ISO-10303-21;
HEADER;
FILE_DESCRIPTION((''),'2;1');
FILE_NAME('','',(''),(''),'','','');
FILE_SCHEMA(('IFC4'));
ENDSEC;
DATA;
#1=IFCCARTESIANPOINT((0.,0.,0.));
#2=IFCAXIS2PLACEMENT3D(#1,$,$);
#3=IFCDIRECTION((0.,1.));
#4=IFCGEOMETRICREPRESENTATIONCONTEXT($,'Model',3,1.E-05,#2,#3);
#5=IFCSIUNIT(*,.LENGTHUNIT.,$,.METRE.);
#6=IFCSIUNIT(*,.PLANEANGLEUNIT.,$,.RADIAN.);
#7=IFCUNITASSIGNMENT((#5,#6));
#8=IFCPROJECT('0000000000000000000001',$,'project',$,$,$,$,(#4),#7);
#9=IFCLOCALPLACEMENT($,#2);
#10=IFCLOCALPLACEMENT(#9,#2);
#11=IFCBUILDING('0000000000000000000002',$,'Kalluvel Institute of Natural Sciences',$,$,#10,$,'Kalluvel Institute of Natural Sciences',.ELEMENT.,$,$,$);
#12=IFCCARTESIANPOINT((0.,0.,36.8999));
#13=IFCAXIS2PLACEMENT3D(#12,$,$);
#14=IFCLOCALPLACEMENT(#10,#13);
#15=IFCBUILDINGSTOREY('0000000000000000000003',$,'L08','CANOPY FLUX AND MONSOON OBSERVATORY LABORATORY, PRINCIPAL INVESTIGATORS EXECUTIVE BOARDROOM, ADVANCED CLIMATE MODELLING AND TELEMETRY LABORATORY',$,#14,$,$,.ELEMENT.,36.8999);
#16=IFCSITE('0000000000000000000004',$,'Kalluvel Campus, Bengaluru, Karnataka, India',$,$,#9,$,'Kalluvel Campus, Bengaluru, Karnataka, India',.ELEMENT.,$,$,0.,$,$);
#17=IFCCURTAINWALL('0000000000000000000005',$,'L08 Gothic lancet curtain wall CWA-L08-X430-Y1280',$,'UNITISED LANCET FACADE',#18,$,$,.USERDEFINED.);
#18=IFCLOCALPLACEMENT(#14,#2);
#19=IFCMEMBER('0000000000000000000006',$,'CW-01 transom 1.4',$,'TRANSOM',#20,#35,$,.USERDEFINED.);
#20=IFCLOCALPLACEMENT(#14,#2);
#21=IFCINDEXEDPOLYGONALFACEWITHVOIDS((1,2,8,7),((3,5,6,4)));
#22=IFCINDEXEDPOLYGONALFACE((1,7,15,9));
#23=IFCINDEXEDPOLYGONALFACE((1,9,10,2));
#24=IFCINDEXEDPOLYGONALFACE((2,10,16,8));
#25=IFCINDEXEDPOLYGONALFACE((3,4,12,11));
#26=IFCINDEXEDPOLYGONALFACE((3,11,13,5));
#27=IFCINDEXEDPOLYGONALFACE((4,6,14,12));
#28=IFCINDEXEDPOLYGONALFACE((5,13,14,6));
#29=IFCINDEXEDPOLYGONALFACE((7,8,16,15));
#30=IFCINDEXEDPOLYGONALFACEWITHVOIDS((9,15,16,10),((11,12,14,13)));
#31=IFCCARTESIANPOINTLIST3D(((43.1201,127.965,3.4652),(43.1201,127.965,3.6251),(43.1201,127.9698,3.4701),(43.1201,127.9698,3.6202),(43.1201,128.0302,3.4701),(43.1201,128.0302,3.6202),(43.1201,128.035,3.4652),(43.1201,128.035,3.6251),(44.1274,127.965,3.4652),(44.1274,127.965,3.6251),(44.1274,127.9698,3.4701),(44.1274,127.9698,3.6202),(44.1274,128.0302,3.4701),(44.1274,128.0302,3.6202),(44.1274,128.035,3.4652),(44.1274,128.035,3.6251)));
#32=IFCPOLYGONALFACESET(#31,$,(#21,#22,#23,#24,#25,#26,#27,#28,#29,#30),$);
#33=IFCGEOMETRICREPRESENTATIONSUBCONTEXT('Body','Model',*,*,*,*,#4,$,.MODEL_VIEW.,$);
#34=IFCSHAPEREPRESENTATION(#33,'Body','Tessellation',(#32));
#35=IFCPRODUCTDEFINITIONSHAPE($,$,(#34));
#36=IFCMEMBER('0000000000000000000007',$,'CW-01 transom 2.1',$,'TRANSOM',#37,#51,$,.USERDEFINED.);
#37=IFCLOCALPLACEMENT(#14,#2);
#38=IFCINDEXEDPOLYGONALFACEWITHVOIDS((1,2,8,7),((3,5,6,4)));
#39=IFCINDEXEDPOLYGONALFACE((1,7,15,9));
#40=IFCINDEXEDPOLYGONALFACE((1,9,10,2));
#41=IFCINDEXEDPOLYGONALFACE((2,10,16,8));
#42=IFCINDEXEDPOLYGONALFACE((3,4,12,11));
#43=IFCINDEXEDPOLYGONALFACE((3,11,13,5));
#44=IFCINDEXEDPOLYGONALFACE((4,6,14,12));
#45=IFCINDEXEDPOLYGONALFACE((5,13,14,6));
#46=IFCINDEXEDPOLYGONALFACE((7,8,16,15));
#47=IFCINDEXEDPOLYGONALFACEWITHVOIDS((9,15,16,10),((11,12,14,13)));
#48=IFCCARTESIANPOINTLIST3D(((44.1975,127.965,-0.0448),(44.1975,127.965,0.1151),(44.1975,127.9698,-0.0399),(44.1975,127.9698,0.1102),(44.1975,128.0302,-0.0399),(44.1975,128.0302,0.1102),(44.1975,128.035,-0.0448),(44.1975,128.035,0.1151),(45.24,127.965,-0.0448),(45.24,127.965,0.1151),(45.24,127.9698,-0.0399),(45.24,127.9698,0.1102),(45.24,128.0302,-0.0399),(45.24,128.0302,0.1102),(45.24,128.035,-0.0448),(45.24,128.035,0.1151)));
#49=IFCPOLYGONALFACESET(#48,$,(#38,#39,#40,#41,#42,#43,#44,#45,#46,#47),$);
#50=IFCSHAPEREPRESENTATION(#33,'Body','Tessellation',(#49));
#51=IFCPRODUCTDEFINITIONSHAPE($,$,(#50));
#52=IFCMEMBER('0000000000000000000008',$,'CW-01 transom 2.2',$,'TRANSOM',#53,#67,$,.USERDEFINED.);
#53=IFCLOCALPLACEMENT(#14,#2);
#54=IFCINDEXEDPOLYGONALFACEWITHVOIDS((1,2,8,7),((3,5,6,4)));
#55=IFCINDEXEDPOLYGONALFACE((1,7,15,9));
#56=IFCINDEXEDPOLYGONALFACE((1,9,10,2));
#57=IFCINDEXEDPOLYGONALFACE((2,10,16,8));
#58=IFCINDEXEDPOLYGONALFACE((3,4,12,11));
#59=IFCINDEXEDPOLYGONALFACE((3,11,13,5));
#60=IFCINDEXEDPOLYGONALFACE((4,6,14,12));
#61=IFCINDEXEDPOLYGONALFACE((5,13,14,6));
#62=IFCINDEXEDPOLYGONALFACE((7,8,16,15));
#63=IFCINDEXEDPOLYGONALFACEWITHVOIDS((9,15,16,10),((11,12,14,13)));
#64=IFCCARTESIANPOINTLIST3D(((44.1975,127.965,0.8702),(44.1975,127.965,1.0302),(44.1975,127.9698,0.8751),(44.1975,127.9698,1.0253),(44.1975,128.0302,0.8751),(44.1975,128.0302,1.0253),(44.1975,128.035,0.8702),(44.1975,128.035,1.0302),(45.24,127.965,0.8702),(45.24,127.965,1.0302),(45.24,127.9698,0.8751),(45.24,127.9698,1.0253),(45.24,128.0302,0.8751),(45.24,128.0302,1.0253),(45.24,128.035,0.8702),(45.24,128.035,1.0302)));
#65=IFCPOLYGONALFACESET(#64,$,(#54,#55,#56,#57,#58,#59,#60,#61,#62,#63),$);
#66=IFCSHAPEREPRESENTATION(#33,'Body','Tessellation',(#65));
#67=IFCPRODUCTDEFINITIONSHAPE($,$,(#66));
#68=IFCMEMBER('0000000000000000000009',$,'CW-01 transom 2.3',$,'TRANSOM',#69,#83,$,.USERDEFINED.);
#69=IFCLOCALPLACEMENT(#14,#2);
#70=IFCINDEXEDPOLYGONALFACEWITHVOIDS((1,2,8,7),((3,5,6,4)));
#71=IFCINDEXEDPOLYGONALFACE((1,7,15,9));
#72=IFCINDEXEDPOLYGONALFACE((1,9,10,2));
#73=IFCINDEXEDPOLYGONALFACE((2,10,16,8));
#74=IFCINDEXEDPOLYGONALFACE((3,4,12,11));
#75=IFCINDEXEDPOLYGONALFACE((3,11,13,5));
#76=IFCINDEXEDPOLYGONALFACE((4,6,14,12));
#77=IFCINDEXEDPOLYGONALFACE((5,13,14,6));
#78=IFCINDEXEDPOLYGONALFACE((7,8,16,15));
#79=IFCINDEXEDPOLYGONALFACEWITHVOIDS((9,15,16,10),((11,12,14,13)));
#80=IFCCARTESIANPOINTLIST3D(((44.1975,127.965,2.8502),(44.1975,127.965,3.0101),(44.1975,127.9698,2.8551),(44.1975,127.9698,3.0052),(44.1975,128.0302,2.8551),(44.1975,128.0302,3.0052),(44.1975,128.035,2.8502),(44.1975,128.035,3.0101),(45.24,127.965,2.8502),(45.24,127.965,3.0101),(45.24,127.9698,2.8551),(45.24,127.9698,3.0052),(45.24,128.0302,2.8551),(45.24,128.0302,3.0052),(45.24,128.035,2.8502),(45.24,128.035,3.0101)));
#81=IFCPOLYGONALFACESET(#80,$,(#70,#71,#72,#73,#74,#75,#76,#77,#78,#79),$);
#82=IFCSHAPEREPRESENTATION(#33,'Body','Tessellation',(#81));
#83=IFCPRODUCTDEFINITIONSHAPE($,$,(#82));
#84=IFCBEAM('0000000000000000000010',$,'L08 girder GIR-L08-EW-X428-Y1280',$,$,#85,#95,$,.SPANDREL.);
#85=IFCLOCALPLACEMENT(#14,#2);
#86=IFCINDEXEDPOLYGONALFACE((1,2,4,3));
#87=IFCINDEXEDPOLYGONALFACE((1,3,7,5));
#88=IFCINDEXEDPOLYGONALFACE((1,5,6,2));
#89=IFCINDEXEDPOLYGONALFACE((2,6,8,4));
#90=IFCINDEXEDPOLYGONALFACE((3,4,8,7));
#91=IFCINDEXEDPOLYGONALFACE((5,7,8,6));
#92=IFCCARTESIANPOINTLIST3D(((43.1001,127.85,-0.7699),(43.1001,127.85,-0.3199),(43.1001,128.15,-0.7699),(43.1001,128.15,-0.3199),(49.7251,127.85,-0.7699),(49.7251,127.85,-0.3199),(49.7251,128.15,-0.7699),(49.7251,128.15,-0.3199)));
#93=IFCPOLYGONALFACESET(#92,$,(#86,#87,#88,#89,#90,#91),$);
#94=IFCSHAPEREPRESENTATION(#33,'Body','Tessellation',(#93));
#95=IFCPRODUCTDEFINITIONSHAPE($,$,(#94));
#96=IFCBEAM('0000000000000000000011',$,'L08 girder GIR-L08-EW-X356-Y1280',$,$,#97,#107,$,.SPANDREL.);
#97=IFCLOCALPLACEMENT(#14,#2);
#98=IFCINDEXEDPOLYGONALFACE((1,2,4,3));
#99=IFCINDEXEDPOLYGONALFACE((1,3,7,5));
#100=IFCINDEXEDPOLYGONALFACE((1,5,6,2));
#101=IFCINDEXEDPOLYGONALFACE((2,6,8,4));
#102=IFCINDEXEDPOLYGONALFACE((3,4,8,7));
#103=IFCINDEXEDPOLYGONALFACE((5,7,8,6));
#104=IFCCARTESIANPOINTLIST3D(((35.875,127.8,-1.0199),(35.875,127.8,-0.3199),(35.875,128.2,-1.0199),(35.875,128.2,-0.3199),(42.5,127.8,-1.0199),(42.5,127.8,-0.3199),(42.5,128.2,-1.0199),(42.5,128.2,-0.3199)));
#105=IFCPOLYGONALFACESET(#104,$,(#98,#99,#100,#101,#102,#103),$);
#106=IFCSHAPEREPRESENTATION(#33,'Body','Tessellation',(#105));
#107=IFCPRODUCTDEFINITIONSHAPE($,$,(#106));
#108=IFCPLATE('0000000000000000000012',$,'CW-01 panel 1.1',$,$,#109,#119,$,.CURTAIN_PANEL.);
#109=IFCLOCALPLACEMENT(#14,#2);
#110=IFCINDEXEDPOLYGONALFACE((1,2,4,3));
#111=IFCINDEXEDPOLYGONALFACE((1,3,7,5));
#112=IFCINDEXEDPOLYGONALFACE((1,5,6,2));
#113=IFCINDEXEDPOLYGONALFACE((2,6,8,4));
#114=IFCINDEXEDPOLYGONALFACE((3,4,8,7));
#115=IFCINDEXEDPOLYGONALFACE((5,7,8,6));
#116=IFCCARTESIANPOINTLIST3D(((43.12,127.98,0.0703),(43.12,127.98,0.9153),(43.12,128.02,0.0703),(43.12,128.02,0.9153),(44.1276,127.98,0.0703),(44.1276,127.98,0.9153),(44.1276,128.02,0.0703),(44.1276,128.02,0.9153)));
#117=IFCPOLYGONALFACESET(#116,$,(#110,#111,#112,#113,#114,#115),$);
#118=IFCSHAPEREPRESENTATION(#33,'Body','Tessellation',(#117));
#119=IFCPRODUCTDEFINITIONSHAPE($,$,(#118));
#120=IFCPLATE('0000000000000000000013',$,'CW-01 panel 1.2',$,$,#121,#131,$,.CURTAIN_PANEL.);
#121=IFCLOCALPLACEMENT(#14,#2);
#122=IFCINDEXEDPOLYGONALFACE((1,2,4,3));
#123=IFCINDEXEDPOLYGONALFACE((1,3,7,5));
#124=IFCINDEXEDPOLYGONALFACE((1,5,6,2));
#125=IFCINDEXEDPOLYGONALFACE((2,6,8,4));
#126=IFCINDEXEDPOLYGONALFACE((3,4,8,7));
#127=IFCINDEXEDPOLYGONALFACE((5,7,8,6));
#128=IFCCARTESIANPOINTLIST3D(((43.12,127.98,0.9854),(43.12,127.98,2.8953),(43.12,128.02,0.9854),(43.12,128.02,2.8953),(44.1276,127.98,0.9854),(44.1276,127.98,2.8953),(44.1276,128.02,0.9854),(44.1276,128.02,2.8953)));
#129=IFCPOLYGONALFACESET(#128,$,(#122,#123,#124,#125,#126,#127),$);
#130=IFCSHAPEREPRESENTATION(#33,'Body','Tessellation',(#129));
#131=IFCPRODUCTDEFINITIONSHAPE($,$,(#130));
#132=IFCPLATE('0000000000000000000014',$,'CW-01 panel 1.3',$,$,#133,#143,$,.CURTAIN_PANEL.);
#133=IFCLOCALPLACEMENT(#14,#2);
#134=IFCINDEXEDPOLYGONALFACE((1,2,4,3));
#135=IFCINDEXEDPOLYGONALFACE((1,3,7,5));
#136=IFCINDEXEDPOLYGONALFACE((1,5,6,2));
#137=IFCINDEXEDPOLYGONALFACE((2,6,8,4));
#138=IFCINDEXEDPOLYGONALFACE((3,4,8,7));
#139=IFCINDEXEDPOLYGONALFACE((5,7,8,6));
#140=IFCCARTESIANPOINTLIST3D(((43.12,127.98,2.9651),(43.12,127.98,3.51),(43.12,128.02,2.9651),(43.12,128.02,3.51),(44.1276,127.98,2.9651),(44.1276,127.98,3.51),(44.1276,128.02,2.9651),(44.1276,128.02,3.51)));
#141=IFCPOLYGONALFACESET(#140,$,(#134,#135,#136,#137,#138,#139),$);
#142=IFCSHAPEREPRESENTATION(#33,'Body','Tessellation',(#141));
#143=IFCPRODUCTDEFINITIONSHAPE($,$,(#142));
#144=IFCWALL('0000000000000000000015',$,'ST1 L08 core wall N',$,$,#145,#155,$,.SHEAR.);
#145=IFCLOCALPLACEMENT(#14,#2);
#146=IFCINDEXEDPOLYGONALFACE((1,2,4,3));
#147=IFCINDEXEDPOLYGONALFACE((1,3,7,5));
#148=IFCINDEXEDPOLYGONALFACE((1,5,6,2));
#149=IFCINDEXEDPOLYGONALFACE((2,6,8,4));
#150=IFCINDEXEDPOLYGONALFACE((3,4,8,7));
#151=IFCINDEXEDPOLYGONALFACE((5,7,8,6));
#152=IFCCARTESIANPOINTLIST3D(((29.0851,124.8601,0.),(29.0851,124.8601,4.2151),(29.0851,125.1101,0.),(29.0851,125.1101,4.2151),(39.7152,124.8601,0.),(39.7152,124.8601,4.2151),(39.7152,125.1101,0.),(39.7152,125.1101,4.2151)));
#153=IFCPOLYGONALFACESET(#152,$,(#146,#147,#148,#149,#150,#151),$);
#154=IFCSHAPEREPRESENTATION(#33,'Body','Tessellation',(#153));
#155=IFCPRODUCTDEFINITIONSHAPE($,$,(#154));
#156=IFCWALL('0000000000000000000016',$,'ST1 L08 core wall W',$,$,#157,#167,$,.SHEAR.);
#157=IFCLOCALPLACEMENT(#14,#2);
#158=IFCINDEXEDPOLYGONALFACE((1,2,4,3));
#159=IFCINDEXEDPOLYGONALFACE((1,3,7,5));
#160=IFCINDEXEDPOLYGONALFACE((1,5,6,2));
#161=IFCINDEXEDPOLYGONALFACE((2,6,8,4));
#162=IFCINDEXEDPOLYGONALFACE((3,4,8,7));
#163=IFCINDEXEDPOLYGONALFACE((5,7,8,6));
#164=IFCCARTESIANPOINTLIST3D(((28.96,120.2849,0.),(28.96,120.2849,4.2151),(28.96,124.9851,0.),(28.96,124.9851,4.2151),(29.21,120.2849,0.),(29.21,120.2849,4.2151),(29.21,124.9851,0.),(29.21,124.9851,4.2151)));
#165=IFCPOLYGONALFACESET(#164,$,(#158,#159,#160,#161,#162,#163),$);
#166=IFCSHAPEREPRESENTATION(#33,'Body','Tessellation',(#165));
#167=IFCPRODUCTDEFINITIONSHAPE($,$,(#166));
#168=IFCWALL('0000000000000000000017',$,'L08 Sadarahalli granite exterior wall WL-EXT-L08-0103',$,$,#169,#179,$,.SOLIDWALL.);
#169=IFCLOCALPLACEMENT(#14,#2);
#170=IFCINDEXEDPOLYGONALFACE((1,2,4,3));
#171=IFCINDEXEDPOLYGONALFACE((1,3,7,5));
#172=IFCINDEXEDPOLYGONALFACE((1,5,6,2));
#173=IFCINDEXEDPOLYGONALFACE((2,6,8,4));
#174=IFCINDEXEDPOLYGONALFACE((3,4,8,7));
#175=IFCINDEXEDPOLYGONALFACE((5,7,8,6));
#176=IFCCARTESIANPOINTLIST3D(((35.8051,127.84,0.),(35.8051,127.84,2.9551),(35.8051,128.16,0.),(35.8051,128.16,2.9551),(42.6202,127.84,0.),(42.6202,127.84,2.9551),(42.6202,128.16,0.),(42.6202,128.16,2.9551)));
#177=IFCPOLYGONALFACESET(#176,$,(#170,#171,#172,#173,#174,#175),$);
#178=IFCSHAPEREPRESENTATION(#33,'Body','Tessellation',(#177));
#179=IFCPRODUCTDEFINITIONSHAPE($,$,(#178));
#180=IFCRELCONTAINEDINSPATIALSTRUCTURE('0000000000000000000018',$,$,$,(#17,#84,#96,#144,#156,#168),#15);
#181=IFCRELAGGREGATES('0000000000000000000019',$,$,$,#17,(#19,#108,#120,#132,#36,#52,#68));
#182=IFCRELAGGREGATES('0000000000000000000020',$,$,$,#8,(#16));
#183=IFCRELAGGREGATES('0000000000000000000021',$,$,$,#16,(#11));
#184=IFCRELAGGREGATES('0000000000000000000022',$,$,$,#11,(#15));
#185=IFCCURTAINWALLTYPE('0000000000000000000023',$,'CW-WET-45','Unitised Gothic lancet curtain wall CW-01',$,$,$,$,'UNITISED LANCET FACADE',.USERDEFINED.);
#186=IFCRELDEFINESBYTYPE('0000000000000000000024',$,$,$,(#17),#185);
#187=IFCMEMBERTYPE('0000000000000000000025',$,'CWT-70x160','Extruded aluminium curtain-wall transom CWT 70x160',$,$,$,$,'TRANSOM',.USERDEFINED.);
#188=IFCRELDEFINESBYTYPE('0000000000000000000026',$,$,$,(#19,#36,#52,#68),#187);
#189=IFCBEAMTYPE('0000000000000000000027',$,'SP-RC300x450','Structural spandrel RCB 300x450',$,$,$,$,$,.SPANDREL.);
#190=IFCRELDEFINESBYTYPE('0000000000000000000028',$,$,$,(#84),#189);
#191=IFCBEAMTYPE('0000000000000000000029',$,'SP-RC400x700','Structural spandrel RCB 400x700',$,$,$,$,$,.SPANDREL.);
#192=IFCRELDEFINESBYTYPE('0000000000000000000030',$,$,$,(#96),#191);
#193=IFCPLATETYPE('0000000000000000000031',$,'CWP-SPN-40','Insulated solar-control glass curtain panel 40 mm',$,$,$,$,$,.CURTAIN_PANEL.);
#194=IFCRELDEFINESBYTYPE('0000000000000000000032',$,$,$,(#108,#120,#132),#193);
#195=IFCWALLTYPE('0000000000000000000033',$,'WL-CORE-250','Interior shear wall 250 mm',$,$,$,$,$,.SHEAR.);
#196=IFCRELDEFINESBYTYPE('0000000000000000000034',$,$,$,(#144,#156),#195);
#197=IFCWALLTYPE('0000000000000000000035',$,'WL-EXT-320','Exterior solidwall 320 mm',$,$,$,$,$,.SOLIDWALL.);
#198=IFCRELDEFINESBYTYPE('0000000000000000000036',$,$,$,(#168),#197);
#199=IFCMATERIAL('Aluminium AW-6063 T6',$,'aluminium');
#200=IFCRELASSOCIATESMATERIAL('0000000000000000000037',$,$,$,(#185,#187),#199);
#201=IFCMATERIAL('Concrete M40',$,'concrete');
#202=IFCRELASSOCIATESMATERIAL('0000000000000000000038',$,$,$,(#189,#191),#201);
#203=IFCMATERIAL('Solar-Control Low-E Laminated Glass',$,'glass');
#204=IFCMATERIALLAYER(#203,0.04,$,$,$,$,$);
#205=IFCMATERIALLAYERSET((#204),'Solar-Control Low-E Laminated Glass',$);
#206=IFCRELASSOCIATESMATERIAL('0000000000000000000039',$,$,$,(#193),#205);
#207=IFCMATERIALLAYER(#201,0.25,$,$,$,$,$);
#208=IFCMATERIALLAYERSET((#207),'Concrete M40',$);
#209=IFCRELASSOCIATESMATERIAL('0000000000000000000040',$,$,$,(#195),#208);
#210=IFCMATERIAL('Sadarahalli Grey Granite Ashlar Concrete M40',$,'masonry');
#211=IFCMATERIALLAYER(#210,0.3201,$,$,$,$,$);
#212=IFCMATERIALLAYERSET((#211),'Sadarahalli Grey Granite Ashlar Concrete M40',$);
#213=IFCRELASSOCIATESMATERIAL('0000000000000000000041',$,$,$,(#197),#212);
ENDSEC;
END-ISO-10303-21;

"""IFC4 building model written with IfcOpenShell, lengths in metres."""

from ifc_helpers import new_model, si_unit, direction, frame, frame_2d, origin, origin_2d, place, context, subcontext, project, spatial, rectangle, hollow_rectangle, extrude, material, layer, layer_set, material_profile, profile_set, type_object, element, aggregate, save


model = new_model("IFC4")

# Units and contexts
model_context = context("Model", 3, precision=1e-05, world=origin(), true_north=direction((0.0, 1.0)))
body_context = subcontext(model_context, "Body", "Model", "MODEL_VIEW")
ifc_project = project(units=[si_unit("LENGTHUNIT", "METRE"), si_unit("PLANEANGLEUNIT", "RADIAN")], contexts=[model_context])

# Site, building, storey
site_placement = place(None, origin())
site = spatial("IfcSite", under=ifc_project, at=site_placement, Name="Kalluvel Campus, Bengaluru, Karnataka, India", LongName="Kalluvel Campus, Bengaluru, Karnataka, India", CompositionType="ELEMENT", RefElevation=0.0)
building_placement = place(site_placement, origin())
building = spatial("IfcBuilding", under=site, at=building_placement, Name="Kalluvel Institute of Natural Sciences", LongName="Kalluvel Institute of Natural Sciences", CompositionType="ELEMENT")
storey_placement = place(building_placement, frame((0.0, 0.0, 36.8999)))
storey = spatial("IfcBuildingStorey", under=building, at=storey_placement, Name="L08", Description="CANOPY FLUX AND MONSOON OBSERVATORY LABORATORY, PRINCIPAL INVESTIGATORS EXECUTIVE BOARDROOM, ADVANCED CLIMATE MODELLING AND TELEMETRY LABORATORY", CompositionType="ELEMENT", Elevation=36.8999)

# Shared definitions
ifc_material_1 = material(Name="Concrete M40", Category="concrete")

# Curtain wall, members
ifc_material_2 = material(Name="Aluminium AW-6063 T6", Category="aluminium")
curtain_wall_type = type_object("IfcCurtainWallType", Name="CW-WET-45", Description="Unitised Gothic lancet curtain wall CW-01", ElementType="UNITISED LANCET FACADE", PredefinedType="USERDEFINED", material=ifc_material_2)
curtain_wall_placement = place(storey_placement, origin())
curtain_wall = element("IfcCurtainWall", 1, at=curtain_wall_placement, inside=storey, type_object=curtain_wall_type, Name="L08 Gothic lancet curtain wall CWA-L08-X430-Y1280", ObjectType="UNITISED LANCET FACADE", PredefinedType="USERDEFINED")
ifc_material_profile_1 = material_profile(ifc_material_2, hollow_rectangle(XDim=0.0701, YDim=0.1599, WallThickness=0.0049, at=origin_2d()), Name="CWT 70x160")
ifc_profile_set_1 = profile_set([ifc_material_profile_1], Name="Aluminium AW-6063 T6")
member_type_1 = type_object("IfcMemberType", Name="CWT-70x160", Description="Extruded aluminium curtain-wall transom CWT 70x160", ElementType="TRANSOM", PredefinedType="USERDEFINED", material=ifc_profile_set_1)
member_1_placement = place(storey_placement, frame((43.1201, 128.0, 3.5452), z_axis=(1.0, 0.0, 0.0), x_axis=(0.0, 1.0, 0.0)))
member_1 = element("IfcMember", 2, at=member_1_placement, type_object=member_type_1, Name="CW-01 transom 1.4", ObjectType="TRANSOM", PredefinedType="USERDEFINED", context=body_context, shape_type="SweptSolid", body=[
    extrude(hollow_rectangle(XDim=0.0701, YDim=0.1599, WallThickness=0.0049, at=origin_2d()), origin(), (0.0, 0.0, 1.0), 1.0073),
])
member_2_placement = place(storey_placement, frame((44.1975, 128.0, 0.0352), z_axis=(1.0, 0.0, 0.0), x_axis=(0.0, 1.0, 0.0)))
member_2 = element("IfcMember", 3, at=member_2_placement, type_object=member_type_1, Name="CW-01 transom 2.1", ObjectType="TRANSOM", PredefinedType="USERDEFINED", context=body_context, shape_type="SweptSolid", body=[
    extrude(hollow_rectangle(XDim=0.0701, YDim=0.1599, WallThickness=0.0049, at=origin_2d()), origin(), (0.0, 0.0, 1.0), 1.0425),
])
member_3_placement = place(storey_placement, frame((44.1975, 128.0, 0.9502), z_axis=(1.0, 0.0, 0.0), x_axis=(0.0, 1.0, 0.0)))
member_3 = element("IfcMember", 4, at=member_3_placement, type_object=member_type_1, Name="CW-01 transom 2.2", ObjectType="TRANSOM", PredefinedType="USERDEFINED", context=body_context, shape_type="SweptSolid", body=[
    extrude(hollow_rectangle(XDim=0.0701, YDim=0.1599, WallThickness=0.0049, at=origin_2d()), origin(), (0.0, 0.0, 1.0), 1.0425),
])
member_4_placement = place(storey_placement, frame((44.1975, 128.0, 2.9302), z_axis=(1.0, 0.0, 0.0), x_axis=(0.0, 1.0, 0.0)))
member_4 = element("IfcMember", 5, at=member_4_placement, type_object=member_type_1, Name="CW-01 transom 2.3", ObjectType="TRANSOM", PredefinedType="USERDEFINED", context=body_context, shape_type="SweptSolid", body=[
    extrude(hollow_rectangle(XDim=0.0701, YDim=0.1599, WallThickness=0.0049, at=origin_2d()), origin(), (0.0, 0.0, 1.0), 1.0425),
])

# Beams
ifc_material_profile_2 = material_profile(ifc_material_1, rectangle(XDim=0.3, YDim=0.45, at=origin_2d()), Name="RCB 300x450")
ifc_profile_set_2 = profile_set([ifc_material_profile_2], Name="Concrete M40")
beam_type_1 = type_object("IfcBeamType", Name="SP-RC300x450", Description="Structural spandrel RCB 300x450", PredefinedType="SPANDREL", material=ifc_profile_set_2)
beam_1_placement = place(storey_placement, frame((43.1001, 128.0, -0.5449), z_axis=(1.0, 0.0, 0.0), x_axis=(0.0, 1.0, 0.0)))
element("IfcBeam", 6, at=beam_1_placement, inside=storey, type_object=beam_type_1, Name="L08 girder GIR-L08-EW-X428-Y1280", PredefinedType="SPANDREL", context=body_context, shape_type="SweptSolid", body=[
    extrude(rectangle(XDim=0.3, YDim=0.45, at=origin_2d()), origin(), (0.0, 0.0, 1.0), 6.625),
])
ifc_material_profile_3 = material_profile(ifc_material_1, rectangle(XDim=0.3999, YDim=0.7, at=origin_2d()), Name="RCB 400x700")
ifc_profile_set_3 = profile_set([ifc_material_profile_3], Name="Concrete M40")
beam_type_2 = type_object("IfcBeamType", Name="SP-RC400x700", Description="Structural spandrel RCB 400x700", PredefinedType="SPANDREL", material=ifc_profile_set_3)
beam_2_placement = place(storey_placement, frame((35.875, 128.0, -0.6699), z_axis=(1.0, 0.0, 0.0), x_axis=(0.0, 1.0, 0.0)))
element("IfcBeam", 7, at=beam_2_placement, inside=storey, type_object=beam_type_2, Name="L08 girder GIR-L08-EW-X356-Y1280", PredefinedType="SPANDREL", context=body_context, shape_type="SweptSolid", body=[
    extrude(rectangle(XDim=0.3999, YDim=0.7, at=origin_2d()), origin(), (0.0, 0.0, 1.0), 6.625),
])

# Plates
ifc_material_3 = material(Name="Solar-Control Low-E Laminated Glass", Category="glass")
ifc_layer_1 = layer(ifc_material_3, 0.04)
ifc_layer_set_1 = layer_set([ifc_layer_1], Name="Solar-Control Low-E Laminated Glass")
plate_type = type_object("IfcPlateType", Name="CWP-SPN-40", Description="Insulated solar-control glass curtain panel 40 mm", PredefinedType="CURTAIN_PANEL", material=ifc_layer_set_1)
plate_1_placement = place(storey_placement, frame((43.6238, 128.0, 0.0703), z_axis=(0.0, 0.0, 1.0), x_axis=(1.0, 0.0, 0.0)))
plate_1 = element("IfcPlate", 8, at=plate_1_placement, type_object=plate_type, Name="CW-01 panel 1.1", PredefinedType="CURTAIN_PANEL", context=body_context, shape_type="SweptSolid", body=[
    extrude(rectangle(XDim=1.0076, YDim=0.04, at=origin_2d()), origin(), (0.0, 0.0, 1.0), 0.845),
])
plate_2_placement = place(storey_placement, frame((43.6238, 128.0, 0.9854), z_axis=(0.0, 0.0, 1.0), x_axis=(1.0, 0.0, 0.0)))
plate_2 = element("IfcPlate", 9, at=plate_2_placement, type_object=plate_type, Name="CW-01 panel 1.2", PredefinedType="CURTAIN_PANEL", context=body_context, shape_type="SweptSolid", body=[
    extrude(rectangle(XDim=1.0076, YDim=0.04, at=origin_2d()), origin(), (0.0, 0.0, 1.0), 1.9099),
])
plate_3_placement = place(storey_placement, frame((43.6238, 128.0, 2.9651), z_axis=(0.0, 0.0, 1.0), x_axis=(1.0, 0.0, 0.0)))
plate_3 = element("IfcPlate", 10, at=plate_3_placement, type_object=plate_type, Name="CW-01 panel 1.3", PredefinedType="CURTAIN_PANEL", context=body_context, shape_type="SweptSolid", body=[
    extrude(rectangle(XDim=1.0076, YDim=0.04, at=origin_2d()), origin(), (0.0, 0.0, 1.0), 0.5449),
])
aggregate(curtain_wall, [member_1, plate_1, plate_2, plate_3, member_2, member_3, member_4])

# Walls
ifc_layer_2 = layer(ifc_material_1, 0.25)
ifc_layer_set_2 = layer_set([ifc_layer_2], Name="Concrete M40")
wall_type_1 = type_object("IfcWallType", Name="WL-CORE-250", Description="Interior shear wall 250 mm", PredefinedType="SHEAR", material=ifc_layer_set_2)
wall_1_placement = place(storey_placement, frame((39.7151, 124.9851, 0.0), z_axis=(0.0, 0.0, 1.0), x_axis=(-1.0, 0.0, 0.0)))
element("IfcWall", 11, at=wall_1_placement, inside=storey, type_object=wall_type_1, Name="ST1 L08 core wall N", PredefinedType="SHEAR", context=body_context, shape_type="SweptSolid", body=[
    extrude(rectangle(XDim=10.6301, YDim=0.25, at=frame_2d((5.3149, 0.0))), origin(), (0.0, 0.0, 1.0), 4.2151),
])
wall_2_placement = place(storey_placement, frame((29.085, 124.9851, 0.0), z_axis=(0.0, 0.0, 1.0), x_axis=(0.0, -1.0, 0.0)))
element("IfcWall", 12, at=wall_2_placement, inside=storey, type_object=wall_type_1, Name="ST1 L08 core wall W", PredefinedType="SHEAR", context=body_context, shape_type="SweptSolid", body=[
    extrude(rectangle(XDim=4.7002, YDim=0.25, at=frame_2d((2.3501, 0.0))), origin(), (0.0, 0.0, 1.0), 4.2151),
])
ifc_material_4 = material(Name="Sadarahalli Grey Granite Ashlar Concrete M40", Category="masonry")
ifc_layer_3 = layer(ifc_material_4, 0.3201)
ifc_layer_set_3 = layer_set([ifc_layer_3], Name="Sadarahalli Grey Granite Ashlar Concrete M40")
wall_type_2 = type_object("IfcWallType", Name="WL-EXT-320", Description="Exterior solidwall 320 mm", PredefinedType="SOLIDWALL", material=ifc_layer_set_3)
wall_3_placement = place(storey_placement, frame((35.8049, 128.0, 0.0), z_axis=(0.0, 0.0, 1.0), x_axis=(1.0, 0.0, 0.0)))
element("IfcWall", 13, at=wall_3_placement, inside=storey, type_object=wall_type_2, Name="L08 Sadarahalli granite exterior wall WL-EXT-L08-0103", PredefinedType="SOLIDWALL", context=body_context, shape_type="SweptSolid", body=[
    extrude(rectangle(XDim=6.8152, YDim=0.3201, at=frame_2d((3.4077, 0.0))), origin(), (0.0, 0.0, 1.0), 2.9551),
])

save(model, "model.ifc")
